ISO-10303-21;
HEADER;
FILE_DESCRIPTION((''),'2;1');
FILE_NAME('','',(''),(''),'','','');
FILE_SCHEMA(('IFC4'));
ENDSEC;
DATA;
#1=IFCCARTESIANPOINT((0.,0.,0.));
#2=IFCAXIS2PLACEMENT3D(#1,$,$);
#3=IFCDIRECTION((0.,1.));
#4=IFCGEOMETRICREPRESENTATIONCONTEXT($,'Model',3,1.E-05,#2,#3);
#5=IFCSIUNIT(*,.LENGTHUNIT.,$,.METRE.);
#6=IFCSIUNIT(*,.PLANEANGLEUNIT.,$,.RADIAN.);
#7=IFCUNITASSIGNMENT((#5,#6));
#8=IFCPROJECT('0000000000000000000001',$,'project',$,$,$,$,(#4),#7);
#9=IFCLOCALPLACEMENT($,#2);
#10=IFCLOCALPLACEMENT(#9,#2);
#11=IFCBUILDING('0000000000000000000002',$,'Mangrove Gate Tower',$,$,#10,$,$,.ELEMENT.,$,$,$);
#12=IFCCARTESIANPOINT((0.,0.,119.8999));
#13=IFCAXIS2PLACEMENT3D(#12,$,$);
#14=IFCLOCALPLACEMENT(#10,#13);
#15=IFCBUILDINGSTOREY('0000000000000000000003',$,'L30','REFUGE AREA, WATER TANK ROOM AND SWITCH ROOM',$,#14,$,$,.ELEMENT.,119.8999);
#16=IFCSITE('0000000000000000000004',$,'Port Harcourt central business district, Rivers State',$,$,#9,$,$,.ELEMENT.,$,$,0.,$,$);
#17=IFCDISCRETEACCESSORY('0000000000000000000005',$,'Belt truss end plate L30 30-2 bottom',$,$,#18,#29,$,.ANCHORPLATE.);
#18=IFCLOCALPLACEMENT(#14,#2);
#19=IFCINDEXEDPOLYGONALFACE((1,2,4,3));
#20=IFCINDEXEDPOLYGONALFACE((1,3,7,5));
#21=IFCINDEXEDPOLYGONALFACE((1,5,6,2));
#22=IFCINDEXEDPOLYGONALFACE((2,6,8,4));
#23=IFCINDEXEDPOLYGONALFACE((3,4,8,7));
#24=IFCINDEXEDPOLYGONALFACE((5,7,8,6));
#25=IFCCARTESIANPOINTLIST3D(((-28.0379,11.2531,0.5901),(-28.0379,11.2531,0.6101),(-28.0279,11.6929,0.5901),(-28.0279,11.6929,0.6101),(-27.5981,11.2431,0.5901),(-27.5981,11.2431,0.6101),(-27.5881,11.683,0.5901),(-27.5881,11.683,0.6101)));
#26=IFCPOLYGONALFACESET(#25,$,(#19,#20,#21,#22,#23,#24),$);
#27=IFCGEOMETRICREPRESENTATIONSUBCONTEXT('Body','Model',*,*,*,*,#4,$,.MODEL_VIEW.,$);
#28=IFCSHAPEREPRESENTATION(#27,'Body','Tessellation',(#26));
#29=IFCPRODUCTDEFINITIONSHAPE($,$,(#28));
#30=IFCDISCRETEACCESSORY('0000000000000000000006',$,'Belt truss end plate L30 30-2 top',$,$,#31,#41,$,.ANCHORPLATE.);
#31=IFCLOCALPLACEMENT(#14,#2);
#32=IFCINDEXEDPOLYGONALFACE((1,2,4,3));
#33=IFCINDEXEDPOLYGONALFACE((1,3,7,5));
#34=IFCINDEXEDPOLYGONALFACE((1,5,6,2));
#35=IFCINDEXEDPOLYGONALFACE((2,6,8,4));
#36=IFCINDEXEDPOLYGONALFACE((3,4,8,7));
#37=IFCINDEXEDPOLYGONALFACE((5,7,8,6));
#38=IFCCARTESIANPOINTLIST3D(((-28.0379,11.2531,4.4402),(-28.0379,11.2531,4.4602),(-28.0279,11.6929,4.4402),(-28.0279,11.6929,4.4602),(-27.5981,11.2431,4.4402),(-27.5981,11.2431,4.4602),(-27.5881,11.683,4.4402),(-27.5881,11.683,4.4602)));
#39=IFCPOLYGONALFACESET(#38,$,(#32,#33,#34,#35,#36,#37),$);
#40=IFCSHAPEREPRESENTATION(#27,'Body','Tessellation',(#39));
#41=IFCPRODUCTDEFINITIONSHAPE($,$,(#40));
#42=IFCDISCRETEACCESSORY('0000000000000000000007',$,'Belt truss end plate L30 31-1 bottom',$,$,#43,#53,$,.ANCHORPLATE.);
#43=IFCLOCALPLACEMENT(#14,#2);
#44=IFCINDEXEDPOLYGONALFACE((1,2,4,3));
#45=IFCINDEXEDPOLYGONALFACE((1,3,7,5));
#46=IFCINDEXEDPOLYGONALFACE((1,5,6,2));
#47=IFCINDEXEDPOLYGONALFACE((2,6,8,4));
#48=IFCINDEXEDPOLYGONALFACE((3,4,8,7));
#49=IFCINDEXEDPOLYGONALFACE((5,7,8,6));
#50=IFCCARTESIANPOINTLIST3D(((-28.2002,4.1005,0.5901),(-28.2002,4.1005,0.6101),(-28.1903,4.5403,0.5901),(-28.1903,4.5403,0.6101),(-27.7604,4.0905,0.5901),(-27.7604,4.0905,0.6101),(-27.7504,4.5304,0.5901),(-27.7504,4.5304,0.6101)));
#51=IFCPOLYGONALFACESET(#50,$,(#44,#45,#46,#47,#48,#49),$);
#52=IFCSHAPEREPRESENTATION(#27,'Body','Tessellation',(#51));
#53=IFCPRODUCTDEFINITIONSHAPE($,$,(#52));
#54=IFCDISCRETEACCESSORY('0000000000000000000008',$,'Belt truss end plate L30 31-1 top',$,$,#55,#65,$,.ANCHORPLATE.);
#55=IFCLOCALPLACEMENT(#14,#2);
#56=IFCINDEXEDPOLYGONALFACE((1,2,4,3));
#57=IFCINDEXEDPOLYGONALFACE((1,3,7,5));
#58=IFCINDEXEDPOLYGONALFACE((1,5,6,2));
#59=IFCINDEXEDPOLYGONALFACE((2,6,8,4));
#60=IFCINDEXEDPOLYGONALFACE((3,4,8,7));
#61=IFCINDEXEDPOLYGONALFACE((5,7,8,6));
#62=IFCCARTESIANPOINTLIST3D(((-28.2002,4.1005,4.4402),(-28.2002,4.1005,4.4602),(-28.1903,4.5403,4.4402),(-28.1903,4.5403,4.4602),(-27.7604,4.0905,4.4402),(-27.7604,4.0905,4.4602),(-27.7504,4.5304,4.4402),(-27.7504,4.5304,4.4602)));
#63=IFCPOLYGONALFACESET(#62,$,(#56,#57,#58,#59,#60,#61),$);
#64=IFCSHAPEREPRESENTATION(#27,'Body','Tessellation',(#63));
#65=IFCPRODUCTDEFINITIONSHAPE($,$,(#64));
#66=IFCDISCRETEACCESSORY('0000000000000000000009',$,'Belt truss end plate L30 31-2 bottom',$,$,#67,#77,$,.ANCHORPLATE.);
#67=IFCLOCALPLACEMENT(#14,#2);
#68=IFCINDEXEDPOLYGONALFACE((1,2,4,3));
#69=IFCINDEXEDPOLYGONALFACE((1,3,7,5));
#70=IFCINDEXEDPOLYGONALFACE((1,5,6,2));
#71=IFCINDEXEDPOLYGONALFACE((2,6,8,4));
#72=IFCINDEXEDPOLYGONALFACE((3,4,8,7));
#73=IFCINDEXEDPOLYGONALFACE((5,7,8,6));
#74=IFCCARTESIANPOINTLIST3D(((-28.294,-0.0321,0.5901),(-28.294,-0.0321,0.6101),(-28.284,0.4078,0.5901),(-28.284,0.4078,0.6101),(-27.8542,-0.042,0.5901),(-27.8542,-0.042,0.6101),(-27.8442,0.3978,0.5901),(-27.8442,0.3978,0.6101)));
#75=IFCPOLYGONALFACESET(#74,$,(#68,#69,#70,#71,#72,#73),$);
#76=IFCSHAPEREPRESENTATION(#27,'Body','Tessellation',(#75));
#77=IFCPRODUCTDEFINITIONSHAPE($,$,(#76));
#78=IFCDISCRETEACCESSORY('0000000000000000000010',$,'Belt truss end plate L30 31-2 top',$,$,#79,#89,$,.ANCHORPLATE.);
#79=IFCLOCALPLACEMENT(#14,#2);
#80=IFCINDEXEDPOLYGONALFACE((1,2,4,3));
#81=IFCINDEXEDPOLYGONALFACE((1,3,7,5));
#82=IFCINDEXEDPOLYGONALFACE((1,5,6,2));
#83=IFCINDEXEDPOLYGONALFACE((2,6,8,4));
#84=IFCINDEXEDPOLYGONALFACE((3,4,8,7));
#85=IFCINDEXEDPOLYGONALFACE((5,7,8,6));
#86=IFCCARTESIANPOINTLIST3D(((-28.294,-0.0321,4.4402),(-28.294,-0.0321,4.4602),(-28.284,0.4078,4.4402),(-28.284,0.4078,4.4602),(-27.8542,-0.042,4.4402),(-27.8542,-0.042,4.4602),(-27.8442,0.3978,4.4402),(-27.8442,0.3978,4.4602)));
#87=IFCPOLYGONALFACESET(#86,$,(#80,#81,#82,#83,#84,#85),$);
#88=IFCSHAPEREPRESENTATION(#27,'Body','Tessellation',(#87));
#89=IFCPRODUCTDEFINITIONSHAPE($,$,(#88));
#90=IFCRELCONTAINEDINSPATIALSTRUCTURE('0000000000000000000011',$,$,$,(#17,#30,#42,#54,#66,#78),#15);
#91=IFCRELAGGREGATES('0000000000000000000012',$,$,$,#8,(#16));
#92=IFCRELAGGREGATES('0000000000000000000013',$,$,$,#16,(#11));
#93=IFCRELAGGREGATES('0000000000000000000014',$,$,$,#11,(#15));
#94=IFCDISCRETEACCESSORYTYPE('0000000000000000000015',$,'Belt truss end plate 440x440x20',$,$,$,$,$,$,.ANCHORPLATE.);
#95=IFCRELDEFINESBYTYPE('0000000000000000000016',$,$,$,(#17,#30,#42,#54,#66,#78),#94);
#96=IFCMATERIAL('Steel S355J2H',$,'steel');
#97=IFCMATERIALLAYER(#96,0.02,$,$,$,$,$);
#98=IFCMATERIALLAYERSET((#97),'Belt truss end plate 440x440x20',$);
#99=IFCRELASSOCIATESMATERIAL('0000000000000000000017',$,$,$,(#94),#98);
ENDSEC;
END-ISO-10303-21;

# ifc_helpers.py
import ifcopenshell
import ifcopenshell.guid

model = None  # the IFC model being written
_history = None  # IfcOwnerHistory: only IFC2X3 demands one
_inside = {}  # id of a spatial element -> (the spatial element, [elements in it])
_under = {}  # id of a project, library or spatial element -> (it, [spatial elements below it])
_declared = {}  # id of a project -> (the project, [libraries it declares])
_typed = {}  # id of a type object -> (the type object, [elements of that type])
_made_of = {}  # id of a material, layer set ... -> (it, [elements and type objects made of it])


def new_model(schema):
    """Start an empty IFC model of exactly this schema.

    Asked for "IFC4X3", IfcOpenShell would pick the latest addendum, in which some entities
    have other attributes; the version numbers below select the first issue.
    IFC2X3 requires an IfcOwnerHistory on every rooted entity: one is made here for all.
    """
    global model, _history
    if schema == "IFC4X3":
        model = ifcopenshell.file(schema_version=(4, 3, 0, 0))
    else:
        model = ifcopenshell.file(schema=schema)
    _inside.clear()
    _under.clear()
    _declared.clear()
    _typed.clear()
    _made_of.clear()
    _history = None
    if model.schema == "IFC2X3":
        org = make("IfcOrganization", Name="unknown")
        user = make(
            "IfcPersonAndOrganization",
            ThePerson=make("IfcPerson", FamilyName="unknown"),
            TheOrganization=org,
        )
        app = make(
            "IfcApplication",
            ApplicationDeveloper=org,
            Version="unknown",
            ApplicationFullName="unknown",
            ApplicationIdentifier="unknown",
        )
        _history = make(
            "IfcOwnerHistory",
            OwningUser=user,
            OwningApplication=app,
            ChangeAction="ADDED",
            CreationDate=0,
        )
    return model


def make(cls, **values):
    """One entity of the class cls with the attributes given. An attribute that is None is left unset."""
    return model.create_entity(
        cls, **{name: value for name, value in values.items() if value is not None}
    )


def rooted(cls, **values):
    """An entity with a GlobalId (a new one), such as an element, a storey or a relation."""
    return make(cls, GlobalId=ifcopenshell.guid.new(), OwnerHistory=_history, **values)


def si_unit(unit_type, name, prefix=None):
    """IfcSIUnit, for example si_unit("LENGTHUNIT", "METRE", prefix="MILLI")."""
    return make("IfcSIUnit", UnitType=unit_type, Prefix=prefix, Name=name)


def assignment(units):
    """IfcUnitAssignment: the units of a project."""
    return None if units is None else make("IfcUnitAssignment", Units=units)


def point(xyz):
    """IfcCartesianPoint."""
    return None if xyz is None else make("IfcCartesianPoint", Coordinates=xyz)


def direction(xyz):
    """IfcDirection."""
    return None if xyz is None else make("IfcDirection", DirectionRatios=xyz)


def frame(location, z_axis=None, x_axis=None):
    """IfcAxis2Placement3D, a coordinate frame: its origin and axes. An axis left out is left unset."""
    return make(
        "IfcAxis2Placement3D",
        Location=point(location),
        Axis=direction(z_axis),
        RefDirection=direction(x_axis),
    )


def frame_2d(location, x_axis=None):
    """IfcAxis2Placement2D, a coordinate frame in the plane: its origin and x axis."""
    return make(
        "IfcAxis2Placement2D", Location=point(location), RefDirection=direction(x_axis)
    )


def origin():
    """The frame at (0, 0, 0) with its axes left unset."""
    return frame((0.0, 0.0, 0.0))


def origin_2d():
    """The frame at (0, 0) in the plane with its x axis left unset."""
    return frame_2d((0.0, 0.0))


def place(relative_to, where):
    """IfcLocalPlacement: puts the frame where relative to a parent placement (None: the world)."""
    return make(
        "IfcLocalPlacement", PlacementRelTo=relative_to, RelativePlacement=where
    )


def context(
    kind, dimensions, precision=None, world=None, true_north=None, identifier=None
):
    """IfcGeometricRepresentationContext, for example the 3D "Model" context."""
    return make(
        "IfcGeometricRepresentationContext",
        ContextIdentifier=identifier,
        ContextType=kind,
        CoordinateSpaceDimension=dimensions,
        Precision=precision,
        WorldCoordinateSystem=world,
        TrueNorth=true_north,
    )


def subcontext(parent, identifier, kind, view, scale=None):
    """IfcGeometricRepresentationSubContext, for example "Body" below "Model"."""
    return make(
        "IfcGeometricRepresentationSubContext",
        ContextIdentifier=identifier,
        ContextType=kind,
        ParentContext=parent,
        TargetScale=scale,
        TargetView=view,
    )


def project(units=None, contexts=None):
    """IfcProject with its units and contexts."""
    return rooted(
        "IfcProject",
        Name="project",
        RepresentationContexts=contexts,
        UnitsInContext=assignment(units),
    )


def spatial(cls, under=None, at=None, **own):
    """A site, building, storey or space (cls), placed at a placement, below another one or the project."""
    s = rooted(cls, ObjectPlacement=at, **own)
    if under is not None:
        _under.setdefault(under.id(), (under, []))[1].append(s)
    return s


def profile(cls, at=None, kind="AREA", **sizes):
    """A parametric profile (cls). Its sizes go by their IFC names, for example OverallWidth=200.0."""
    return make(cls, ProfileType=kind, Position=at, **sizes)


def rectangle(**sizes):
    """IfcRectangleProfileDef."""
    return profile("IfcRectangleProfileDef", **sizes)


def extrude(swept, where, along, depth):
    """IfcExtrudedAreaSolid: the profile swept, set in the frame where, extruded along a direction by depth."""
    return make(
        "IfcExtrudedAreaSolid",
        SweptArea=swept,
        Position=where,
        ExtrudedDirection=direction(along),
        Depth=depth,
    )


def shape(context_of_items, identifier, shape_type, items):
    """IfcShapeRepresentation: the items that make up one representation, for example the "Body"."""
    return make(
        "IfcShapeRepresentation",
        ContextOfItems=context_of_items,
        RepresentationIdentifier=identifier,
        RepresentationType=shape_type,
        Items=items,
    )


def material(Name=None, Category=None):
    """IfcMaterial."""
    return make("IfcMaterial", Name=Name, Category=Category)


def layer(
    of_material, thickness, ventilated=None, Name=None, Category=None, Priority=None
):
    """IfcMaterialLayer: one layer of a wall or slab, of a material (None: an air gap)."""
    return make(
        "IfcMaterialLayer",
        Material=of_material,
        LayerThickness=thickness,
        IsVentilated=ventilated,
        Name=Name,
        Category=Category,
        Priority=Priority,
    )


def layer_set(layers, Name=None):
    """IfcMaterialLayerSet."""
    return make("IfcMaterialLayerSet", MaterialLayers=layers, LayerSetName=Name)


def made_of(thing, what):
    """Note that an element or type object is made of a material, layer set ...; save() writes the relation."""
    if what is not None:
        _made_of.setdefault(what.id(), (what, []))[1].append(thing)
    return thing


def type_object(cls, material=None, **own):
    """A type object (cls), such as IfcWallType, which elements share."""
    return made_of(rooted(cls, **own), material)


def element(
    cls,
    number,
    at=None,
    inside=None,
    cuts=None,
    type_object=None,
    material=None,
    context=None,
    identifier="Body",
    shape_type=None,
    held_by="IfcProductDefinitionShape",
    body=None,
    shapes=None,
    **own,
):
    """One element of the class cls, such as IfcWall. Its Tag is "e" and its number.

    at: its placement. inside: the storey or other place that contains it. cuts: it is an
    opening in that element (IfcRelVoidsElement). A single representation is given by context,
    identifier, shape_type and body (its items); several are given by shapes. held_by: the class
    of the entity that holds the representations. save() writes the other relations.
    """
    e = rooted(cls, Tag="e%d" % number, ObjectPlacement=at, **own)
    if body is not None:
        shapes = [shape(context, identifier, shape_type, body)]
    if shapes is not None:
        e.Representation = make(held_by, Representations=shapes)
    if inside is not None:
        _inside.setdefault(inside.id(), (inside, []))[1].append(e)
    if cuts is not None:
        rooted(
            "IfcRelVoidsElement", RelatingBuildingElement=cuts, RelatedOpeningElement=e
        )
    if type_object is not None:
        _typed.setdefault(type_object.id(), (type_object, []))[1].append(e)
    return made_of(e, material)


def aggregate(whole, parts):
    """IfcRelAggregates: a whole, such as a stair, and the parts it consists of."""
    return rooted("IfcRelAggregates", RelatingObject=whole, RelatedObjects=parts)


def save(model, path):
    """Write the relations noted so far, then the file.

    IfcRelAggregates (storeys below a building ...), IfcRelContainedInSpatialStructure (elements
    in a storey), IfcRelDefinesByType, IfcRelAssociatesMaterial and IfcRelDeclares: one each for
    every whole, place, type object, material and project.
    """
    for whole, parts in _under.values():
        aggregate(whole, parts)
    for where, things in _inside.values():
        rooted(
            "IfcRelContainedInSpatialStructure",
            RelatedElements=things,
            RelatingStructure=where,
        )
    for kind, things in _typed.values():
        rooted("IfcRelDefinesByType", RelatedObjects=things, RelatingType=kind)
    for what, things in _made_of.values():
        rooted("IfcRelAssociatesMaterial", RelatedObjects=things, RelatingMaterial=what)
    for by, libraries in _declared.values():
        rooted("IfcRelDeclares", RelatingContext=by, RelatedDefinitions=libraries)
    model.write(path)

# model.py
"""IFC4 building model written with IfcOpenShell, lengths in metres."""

from ifc_helpers import new_model, si_unit, direction, frame, origin, origin_2d, place, context, subcontext, project, spatial, rectangle, extrude, material, layer, layer_set, type_object, element, save


model = new_model("IFC4")

# Units and contexts
model_context = context("Model", 3, precision=1e-05, world=origin(), true_north=direction((0.0, 1.0)))
body_context = subcontext(model_context, "Body", "Model", "MODEL_VIEW")
ifc_project = project(units=[si_unit("LENGTHUNIT", "METRE"), si_unit("PLANEANGLEUNIT", "RADIAN")], contexts=[model_context])

# Site, building, storey
site_placement = place(None, origin())
site = spatial("IfcSite", under=ifc_project, at=site_placement, Name="Port Harcourt central business district, Rivers State", CompositionType="ELEMENT", RefElevation=0.0)
building_placement = place(site_placement, origin())
building = spatial("IfcBuilding", under=site, at=building_placement, Name="Mangrove Gate Tower", CompositionType="ELEMENT")
storey_placement = place(building_placement, frame((0.0, 0.0, 119.8999)))
storey = spatial("IfcBuildingStorey", under=building, at=storey_placement, Name="L30", Description="REFUGE AREA, WATER TANK ROOM AND SWITCH ROOM", CompositionType="ELEMENT", Elevation=119.8999)

# Discrete accessories
ifc_material_1 = material(Name="Steel S355J2H", Category="steel")
ifc_layer_1 = layer(ifc_material_1, 0.02)
ifc_layer_set_1 = layer_set([ifc_layer_1], Name="Belt truss end plate 440x440x20")
discrete_accessory_type = type_object("IfcDiscreteAccessoryType", Name="Belt truss end plate 440x440x20", PredefinedType="ANCHORPLATE", material=ifc_layer_set_1)
for number, where, z_axis, x_axis, name in (
    (1, (-27.813, 11.468, 0.5901), (0.0, 0.0, 1.0), (-0.022632, -0.999744, 0.0), "Belt truss end plate L30 30-2 bottom"),
    (2, (-27.813, 11.468, 4.4402), (0.0, 0.0, 1.0), (-0.022632, -0.999744, 0.0), "Belt truss end plate L30 30-2 top"),
    (3, (-27.9753, 4.3154, 0.5901), (0.0, 0.0, 1.0), (-0.02269, -0.999743, 0.0), "Belt truss end plate L30 31-1 bottom"),
    (4, (-27.9753, 4.3154, 4.4402), (0.0, 0.0, 1.0), (-0.02269, -0.999743, 0.0), "Belt truss end plate L30 31-1 top"),
    (5, (-28.0691, 0.1829, 0.5901), (0.0, 0.0, 1.0), (-0.02269, -0.999743, 0.0), "Belt truss end plate L30 31-2 bottom"),
    (6, (-28.0691, 0.1829, 4.4402), (0.0, 0.0, 1.0), (-0.02269, -0.999743, 0.0), "Belt truss end plate L30 31-2 top"),
):
    element("IfcDiscreteAccessory", number, at=place(storey_placement, frame(where, z_axis=z_axis, x_axis=x_axis)), inside=storey, type_object=discrete_accessory_type, Name=name, PredefinedType="ANCHORPLATE", context=body_context, shape_type="SweptSolid", body=[
        extrude(rectangle(XDim=0.4399, YDim=0.4399, at=origin_2d()), origin(), (0.0, 0.0, 1.0), 0.02),
    ])

save(model, "model.ifc")
